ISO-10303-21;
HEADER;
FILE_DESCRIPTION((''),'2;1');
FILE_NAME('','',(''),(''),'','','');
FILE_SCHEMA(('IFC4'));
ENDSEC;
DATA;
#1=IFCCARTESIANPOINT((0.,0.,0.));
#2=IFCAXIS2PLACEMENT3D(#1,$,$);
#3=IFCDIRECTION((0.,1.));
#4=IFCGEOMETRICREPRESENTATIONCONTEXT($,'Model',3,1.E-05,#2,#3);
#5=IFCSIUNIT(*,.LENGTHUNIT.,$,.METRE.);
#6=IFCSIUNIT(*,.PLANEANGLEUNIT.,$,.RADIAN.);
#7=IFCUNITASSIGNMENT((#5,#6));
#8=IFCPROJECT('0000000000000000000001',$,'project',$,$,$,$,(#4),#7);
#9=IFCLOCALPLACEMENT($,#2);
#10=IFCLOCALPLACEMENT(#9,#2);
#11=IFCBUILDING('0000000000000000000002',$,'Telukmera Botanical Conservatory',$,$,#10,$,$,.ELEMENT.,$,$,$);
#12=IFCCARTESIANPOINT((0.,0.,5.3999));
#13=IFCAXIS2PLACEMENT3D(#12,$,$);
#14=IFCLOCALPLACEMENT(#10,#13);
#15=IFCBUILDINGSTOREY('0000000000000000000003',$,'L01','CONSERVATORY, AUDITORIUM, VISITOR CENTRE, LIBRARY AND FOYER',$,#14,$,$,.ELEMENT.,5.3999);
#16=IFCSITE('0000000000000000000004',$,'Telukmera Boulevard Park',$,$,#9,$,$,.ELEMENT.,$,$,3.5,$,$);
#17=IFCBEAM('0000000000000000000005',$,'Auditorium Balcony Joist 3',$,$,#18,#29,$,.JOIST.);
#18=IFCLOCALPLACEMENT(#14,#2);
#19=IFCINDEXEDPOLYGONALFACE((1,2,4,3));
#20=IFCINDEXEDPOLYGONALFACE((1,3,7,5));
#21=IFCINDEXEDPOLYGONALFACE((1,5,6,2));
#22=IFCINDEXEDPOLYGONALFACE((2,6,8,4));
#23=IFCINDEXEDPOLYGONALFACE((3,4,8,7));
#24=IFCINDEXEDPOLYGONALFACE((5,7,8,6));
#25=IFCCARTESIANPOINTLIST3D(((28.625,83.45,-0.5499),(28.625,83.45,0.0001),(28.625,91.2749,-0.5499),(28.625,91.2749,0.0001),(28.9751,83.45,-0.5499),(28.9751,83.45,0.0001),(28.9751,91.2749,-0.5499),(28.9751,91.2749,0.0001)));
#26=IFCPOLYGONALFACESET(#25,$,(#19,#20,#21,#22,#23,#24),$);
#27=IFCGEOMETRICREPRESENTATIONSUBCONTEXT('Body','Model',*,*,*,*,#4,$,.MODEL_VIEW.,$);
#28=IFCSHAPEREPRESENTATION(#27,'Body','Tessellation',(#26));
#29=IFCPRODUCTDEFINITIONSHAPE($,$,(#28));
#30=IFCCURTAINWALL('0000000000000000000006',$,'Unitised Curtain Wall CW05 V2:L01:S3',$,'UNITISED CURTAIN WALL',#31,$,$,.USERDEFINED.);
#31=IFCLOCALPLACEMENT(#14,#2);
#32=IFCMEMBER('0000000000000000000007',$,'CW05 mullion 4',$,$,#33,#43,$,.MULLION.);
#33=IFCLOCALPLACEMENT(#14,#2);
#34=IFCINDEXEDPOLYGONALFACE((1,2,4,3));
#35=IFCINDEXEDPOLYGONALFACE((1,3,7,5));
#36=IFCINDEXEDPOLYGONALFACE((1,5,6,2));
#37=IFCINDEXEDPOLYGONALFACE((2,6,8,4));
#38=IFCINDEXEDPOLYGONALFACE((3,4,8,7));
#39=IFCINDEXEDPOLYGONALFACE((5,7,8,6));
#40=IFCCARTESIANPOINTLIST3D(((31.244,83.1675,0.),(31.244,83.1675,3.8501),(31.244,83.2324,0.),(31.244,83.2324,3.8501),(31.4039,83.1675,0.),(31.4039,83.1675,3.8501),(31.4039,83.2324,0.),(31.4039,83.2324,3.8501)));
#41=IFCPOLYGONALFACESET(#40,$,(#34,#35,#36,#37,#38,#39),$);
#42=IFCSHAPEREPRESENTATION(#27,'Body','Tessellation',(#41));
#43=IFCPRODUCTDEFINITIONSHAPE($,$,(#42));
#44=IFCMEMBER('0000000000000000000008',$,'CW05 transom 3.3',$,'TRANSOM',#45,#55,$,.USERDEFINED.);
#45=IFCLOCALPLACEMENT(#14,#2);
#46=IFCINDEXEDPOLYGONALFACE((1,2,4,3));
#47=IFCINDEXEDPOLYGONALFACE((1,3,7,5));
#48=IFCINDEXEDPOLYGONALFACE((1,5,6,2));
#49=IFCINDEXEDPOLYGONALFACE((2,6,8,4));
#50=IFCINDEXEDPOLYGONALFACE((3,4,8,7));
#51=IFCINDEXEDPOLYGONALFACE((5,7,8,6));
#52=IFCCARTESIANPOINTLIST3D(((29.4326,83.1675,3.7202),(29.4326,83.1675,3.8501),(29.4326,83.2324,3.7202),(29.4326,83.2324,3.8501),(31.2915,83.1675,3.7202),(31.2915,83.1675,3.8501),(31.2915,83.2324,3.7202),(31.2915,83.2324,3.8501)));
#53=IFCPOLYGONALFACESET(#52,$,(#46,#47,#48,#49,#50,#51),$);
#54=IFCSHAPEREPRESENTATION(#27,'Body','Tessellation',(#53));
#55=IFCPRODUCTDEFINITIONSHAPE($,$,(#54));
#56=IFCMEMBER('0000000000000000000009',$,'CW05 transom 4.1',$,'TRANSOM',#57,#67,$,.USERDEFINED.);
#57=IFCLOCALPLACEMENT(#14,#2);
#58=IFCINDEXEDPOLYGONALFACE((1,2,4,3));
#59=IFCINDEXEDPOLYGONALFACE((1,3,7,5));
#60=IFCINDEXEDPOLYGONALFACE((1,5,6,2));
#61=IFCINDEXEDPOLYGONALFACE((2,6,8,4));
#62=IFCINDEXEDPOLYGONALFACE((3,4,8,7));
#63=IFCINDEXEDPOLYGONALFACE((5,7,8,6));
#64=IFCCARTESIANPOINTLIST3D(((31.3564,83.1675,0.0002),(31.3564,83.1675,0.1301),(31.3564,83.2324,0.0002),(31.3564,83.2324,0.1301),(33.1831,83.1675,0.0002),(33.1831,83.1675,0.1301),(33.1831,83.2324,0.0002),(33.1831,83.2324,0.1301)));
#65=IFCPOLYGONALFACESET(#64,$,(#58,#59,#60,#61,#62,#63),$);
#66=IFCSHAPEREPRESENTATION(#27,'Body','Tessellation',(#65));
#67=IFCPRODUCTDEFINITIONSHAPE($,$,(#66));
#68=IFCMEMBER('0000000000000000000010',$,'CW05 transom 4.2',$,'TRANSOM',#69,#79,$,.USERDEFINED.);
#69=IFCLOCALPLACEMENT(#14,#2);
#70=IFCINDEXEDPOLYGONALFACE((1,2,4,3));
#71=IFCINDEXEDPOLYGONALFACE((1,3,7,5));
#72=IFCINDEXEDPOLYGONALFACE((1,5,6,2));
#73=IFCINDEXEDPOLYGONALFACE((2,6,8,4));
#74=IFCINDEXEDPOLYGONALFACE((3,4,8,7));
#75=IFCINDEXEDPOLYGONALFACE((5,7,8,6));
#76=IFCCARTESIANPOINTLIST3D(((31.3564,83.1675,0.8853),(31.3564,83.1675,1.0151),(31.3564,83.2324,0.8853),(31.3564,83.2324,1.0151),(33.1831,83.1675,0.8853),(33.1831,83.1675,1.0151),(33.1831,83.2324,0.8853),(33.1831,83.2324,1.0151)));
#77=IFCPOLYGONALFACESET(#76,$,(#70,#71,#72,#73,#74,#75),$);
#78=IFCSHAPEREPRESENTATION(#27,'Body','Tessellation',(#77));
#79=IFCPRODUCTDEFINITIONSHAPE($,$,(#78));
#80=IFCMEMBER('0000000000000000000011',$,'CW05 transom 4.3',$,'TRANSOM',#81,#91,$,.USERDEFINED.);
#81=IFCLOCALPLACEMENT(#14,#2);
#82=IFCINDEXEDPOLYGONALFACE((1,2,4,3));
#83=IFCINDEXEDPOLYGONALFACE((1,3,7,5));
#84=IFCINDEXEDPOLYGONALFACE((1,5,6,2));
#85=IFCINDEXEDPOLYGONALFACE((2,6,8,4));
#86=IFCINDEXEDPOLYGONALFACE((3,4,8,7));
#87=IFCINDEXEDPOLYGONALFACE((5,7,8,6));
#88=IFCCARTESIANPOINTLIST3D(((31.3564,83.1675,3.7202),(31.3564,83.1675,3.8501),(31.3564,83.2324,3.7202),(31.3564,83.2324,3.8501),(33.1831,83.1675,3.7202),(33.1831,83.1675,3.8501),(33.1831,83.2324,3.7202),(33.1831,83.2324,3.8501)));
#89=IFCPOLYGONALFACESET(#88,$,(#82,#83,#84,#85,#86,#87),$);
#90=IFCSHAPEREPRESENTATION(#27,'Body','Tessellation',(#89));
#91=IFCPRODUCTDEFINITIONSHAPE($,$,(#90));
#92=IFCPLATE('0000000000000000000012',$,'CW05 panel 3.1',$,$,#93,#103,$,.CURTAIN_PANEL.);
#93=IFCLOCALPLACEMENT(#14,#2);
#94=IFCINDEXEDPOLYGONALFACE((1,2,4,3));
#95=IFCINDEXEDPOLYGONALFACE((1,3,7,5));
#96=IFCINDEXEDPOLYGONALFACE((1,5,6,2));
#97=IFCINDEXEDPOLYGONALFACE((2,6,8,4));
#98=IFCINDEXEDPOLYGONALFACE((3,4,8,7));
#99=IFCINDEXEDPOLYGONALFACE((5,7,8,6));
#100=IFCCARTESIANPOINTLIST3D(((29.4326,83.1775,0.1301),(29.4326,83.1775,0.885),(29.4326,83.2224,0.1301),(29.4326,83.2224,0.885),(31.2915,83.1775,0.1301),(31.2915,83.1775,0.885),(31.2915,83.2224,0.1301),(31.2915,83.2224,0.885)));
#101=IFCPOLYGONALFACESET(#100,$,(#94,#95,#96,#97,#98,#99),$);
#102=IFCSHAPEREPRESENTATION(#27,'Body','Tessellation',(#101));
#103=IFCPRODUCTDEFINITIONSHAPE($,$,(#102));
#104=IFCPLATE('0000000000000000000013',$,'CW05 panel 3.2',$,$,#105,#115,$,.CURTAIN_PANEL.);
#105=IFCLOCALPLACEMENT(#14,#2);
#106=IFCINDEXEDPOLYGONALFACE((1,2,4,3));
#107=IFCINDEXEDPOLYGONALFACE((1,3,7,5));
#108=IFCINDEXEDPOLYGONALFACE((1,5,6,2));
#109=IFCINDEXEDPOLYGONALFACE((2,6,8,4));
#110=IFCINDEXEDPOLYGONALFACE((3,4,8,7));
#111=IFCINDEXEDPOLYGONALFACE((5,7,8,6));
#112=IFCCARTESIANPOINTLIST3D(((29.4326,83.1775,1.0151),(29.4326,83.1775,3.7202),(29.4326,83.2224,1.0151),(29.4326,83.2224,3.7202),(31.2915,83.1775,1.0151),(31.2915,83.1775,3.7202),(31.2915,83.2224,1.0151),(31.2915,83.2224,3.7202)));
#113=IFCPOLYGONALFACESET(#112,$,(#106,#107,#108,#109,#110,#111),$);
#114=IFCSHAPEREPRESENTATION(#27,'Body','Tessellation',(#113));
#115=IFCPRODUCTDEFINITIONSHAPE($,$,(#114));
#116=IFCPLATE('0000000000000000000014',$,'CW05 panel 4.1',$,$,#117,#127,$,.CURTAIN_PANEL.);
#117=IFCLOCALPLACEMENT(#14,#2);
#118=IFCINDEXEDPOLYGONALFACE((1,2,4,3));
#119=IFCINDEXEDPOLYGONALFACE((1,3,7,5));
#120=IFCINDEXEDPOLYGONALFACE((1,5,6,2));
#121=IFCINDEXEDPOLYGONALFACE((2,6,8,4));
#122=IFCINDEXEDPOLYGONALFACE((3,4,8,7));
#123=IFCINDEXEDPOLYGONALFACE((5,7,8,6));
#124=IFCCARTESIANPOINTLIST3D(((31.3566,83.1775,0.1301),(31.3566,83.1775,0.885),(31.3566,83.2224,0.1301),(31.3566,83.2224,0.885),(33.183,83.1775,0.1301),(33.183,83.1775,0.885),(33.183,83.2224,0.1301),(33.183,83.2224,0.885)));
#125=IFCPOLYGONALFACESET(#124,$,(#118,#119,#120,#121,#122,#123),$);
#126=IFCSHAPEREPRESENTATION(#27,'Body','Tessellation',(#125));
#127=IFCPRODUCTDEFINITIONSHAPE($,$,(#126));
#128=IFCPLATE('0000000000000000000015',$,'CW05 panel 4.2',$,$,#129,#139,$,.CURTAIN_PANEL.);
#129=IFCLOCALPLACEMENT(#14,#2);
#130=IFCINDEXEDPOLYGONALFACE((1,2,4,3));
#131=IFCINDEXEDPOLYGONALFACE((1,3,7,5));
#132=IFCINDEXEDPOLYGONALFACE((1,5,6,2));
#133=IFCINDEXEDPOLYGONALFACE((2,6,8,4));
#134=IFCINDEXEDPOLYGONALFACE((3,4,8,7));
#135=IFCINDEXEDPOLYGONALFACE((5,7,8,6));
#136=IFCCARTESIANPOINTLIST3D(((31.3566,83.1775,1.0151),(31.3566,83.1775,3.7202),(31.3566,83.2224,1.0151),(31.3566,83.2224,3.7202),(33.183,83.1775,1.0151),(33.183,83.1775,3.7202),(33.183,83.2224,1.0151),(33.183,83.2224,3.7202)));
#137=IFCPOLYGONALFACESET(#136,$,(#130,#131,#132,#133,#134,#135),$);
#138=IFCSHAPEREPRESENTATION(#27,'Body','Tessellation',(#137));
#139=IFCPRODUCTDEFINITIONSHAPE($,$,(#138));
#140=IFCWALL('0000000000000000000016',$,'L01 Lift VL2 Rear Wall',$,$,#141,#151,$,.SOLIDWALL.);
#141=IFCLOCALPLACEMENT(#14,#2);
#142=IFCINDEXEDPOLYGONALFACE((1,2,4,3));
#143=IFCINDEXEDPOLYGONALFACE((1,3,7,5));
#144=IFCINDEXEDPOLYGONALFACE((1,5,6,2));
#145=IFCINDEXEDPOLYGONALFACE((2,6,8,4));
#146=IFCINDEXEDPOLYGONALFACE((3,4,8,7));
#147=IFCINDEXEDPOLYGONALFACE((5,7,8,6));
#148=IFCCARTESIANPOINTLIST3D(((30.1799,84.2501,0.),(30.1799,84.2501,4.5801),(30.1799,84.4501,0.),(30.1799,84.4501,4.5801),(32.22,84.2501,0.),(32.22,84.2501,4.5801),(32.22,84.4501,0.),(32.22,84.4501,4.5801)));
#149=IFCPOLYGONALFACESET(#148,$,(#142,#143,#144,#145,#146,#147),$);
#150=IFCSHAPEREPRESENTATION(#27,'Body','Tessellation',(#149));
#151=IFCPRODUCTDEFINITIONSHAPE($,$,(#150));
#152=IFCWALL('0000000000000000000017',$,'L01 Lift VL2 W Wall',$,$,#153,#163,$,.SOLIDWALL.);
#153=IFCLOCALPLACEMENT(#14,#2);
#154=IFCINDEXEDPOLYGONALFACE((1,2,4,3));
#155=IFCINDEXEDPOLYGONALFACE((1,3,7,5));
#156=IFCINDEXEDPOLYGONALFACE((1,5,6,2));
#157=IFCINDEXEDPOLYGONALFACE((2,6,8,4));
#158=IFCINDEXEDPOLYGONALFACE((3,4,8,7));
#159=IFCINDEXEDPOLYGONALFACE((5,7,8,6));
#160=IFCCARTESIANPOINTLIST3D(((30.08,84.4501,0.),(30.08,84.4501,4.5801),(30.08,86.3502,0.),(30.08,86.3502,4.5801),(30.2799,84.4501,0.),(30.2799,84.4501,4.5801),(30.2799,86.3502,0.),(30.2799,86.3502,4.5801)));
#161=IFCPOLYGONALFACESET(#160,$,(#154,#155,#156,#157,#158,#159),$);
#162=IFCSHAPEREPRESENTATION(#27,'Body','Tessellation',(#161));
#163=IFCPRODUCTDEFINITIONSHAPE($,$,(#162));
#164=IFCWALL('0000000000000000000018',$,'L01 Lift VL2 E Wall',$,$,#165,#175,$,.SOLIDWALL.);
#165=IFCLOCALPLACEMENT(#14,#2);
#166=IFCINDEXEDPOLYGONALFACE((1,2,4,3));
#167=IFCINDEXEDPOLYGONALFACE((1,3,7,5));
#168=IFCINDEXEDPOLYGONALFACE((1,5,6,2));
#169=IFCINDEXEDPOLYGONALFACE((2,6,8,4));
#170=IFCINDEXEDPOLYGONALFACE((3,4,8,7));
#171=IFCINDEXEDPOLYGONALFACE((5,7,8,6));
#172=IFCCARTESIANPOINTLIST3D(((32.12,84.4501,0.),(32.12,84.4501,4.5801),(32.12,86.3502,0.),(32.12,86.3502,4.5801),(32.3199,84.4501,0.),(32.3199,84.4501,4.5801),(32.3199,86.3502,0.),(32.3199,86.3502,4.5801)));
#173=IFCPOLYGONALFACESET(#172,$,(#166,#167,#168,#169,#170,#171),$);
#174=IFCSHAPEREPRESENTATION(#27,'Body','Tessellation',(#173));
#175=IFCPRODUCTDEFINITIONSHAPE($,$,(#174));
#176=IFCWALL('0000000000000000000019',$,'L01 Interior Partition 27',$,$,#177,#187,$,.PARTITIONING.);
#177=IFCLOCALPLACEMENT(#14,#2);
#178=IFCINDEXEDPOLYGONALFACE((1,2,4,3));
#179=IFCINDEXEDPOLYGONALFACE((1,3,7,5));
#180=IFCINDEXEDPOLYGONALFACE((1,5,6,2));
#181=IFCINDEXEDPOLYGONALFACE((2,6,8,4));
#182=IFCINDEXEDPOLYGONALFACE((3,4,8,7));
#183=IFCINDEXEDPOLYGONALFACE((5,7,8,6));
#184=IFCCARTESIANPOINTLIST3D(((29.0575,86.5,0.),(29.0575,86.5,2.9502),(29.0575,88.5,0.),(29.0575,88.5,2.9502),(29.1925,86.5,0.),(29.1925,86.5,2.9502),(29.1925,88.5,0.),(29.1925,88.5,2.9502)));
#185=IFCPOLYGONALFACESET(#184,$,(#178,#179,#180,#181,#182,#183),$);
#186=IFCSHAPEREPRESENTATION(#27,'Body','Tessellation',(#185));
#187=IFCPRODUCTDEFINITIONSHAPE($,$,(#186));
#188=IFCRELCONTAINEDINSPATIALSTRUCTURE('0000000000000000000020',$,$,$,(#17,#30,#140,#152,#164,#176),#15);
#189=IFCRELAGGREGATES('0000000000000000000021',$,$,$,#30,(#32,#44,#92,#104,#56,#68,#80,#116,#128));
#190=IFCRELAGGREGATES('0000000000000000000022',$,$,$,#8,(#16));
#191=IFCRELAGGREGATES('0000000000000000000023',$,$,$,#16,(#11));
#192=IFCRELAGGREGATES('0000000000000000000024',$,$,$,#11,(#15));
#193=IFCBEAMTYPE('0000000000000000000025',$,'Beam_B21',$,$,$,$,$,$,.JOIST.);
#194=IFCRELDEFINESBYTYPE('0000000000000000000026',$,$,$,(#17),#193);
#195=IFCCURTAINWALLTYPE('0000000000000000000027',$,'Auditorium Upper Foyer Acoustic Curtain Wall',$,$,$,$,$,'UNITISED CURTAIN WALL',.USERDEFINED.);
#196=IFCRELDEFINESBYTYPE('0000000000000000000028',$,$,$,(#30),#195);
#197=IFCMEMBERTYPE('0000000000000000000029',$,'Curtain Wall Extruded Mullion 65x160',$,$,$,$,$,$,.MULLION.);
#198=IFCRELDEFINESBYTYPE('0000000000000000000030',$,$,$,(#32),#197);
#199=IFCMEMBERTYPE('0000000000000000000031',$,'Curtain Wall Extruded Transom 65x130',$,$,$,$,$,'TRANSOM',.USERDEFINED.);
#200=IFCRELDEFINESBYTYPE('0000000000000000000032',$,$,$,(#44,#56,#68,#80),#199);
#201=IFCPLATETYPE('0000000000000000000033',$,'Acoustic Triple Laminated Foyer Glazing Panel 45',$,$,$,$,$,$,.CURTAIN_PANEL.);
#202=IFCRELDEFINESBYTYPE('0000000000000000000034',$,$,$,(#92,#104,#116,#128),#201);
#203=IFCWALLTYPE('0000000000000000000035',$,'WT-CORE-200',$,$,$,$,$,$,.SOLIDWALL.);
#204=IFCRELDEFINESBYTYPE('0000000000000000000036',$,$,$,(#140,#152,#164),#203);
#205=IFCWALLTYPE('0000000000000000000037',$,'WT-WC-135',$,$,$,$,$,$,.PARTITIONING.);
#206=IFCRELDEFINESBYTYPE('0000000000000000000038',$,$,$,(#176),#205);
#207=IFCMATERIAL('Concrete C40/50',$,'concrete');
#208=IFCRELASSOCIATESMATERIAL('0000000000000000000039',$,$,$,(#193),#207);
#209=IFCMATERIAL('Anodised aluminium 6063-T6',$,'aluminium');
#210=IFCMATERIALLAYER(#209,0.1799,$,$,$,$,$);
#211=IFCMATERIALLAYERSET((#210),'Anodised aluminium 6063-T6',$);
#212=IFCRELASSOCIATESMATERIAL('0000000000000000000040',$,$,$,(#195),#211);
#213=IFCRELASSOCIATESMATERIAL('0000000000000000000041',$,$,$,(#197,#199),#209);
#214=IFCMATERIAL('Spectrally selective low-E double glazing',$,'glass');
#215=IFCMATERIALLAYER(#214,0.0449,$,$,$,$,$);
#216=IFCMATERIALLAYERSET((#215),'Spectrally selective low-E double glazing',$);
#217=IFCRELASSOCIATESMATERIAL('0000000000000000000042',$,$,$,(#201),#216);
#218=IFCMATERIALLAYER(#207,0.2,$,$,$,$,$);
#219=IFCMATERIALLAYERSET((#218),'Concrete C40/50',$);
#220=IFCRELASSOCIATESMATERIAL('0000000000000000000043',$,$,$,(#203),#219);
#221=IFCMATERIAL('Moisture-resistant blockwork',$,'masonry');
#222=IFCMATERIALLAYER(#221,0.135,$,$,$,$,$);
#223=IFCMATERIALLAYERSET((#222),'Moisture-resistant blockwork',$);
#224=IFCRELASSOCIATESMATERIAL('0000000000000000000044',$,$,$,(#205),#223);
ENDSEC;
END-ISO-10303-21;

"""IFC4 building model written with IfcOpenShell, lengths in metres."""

from ifc_helpers import new_model, si_unit, direction, frame, frame_2d, origin, origin_2d, place, context, subcontext, project, spatial, rectangle, extrude, material, layer, layer_set, material_profile, profile_set, type_object, element, aggregate, save


model = new_model("IFC4")

# Units and contexts
model_context = context("Model", 3, precision=1e-05, world=origin(), true_north=direction((0.0, 1.0)))
body_context = subcontext(model_context, "Body", "Model", "MODEL_VIEW")
ifc_project = project(units=[si_unit("LENGTHUNIT", "METRE"), si_unit("PLANEANGLEUNIT", "RADIAN")], contexts=[model_context])

# Site, building, storey
site_placement = place(None, origin())
site = spatial("IfcSite", under=ifc_project, at=site_placement, Name="Telukmera Boulevard Park", CompositionType="ELEMENT", RefElevation=3.5)
building_placement = place(site_placement, origin())
building = spatial("IfcBuilding", under=site, at=building_placement, Name="Telukmera Botanical Conservatory", CompositionType="ELEMENT")
storey_placement = place(building_placement, frame((0.0, 0.0, 5.3999)))
storey = spatial("IfcBuildingStorey", under=building, at=storey_placement, Name="L01", Description="CONSERVATORY, AUDITORIUM, VISITOR CENTRE, LIBRARY AND FOYER", CompositionType="ELEMENT", Elevation=5.3999)

# Beam
ifc_material_1 = material(Name="Concrete C40/50", Category="concrete")
ifc_material_profile_1 = material_profile(ifc_material_1, rectangle(XDim=0.3501, YDim=0.55, at=origin_2d()), Name="RC 350x550")
ifc_profile_set_1 = profile_set([ifc_material_profile_1], Name="Concrete C40/50")
beam_type = type_object("IfcBeamType", Name="Beam_B21", PredefinedType="JOIST", material=ifc_profile_set_1)
beam_placement = place(storey_placement, frame((28.8, 83.45, -0.2749), z_axis=(0.0, 1.0, 0.0), x_axis=(-1.0, 0.0, 0.0)))
element("IfcBeam", 1, at=beam_placement, inside=storey, type_object=beam_type, Name="Auditorium Balcony Joist 3", PredefinedType="JOIST", context=body_context, shape_type="SweptSolid", body=[
    extrude(rectangle(XDim=0.3501, YDim=0.55, at=origin_2d()), origin(), (0.0, 0.0, 1.0), 7.825),
])

# Curtain wall, members, plates
ifc_material_2 = material(Name="Anodised aluminium 6063-T6", Category="aluminium")
ifc_layer_1 = layer(ifc_material_2, 0.1799)
ifc_layer_set_1 = layer_set([ifc_layer_1], Name="Anodised aluminium 6063-T6")
curtain_wall_type = type_object("IfcCurtainWallType", Name="Auditorium Upper Foyer Acoustic Curtain Wall", ElementType="UNITISED CURTAIN WALL", PredefinedType="USERDEFINED", material=ifc_layer_set_1)
curtain_wall_placement = place(storey_placement, origin())
curtain_wall = element("IfcCurtainWall", 2, at=curtain_wall_placement, inside=storey, type_object=curtain_wall_type, Name="Unitised Curtain Wall CW05 V2:L01:S3", ObjectType="UNITISED CURTAIN WALL", PredefinedType="USERDEFINED")
ifc_material_profile_2 = material_profile(ifc_material_2, rectangle(XDim=0.0649, YDim=0.1599, at=origin_2d()), Name="ALU MULL 65x160")
ifc_profile_set_2 = profile_set([ifc_material_profile_2], Name="Anodised aluminium 6063-T6")
member_type_1 = type_object("IfcMemberType", Name="Curtain Wall Extruded Mullion 65x160", PredefinedType="MULLION", material=ifc_profile_set_2)
member_1_placement = place(storey_placement, frame((31.324, 83.2, 0.0), z_axis=(0.0, 0.0, 1.0), x_axis=(0.0, 1.0, 0.0)))
member_1 = element("IfcMember", 3, at=member_1_placement, type_object=member_type_1, Name="CW05 mullion 4", PredefinedType="MULLION", context=body_context, shape_type="SweptSolid", body=[
    extrude(rectangle(XDim=0.0649, YDim=0.1599, at=origin_2d()), origin(), (0.0, 0.0, 1.0), 3.8501),
])
ifc_material_profile_3 = material_profile(ifc_material_2, rectangle(XDim=0.0649, YDim=0.1299, at=origin_2d()), Name="ALU TRAN 65x130")
ifc_profile_set_3 = profile_set([ifc_material_profile_3], Name="Anodised aluminium 6063-T6")
member_type_2 = type_object("IfcMemberType", Name="Curtain Wall Extruded Transom 65x130", ElementType="TRANSOM", PredefinedType="USERDEFINED", material=ifc_profile_set_3)
member_2_placement = place(storey_placement, frame((29.4326, 83.2, 3.7852), z_axis=(1.0, 0.0, 0.0), x_axis=(0.0, 1.0, 0.0)))
member_2 = element("IfcMember", 4, at=member_2_placement, type_object=member_type_2, Name="CW05 transom 3.3", ObjectType="TRANSOM", PredefinedType="USERDEFINED", context=body_context, shape_type="SweptSolid", body=[
    extrude(rectangle(XDim=0.0649, YDim=0.1299, at=origin_2d()), origin(), (0.0, 0.0, 1.0), 1.8589),
])
member_3_placement = place(storey_placement, frame((31.3564, 83.2, 0.0652), z_axis=(1.0, 0.0, 0.0), x_axis=(0.0, 1.0, 0.0)))
member_3 = element("IfcMember", 5, at=member_3_placement, type_object=member_type_2, Name="CW05 transom 4.1", ObjectType="TRANSOM", PredefinedType="USERDEFINED", context=body_context, shape_type="SweptSolid", body=[
    extrude(rectangle(XDim=0.0649, YDim=0.1299, at=origin_2d()), origin(), (0.0, 0.0, 1.0), 1.8267),
])
member_4_placement = place(storey_placement, frame((31.3564, 83.2, 0.9502), z_axis=(1.0, 0.0, 0.0), x_axis=(0.0, 1.0, 0.0)))
member_4 = element("IfcMember", 6, at=member_4_placement, type_object=member_type_2, Name="CW05 transom 4.2", ObjectType="TRANSOM", PredefinedType="USERDEFINED", context=body_context, shape_type="SweptSolid", body=[
    extrude(rectangle(XDim=0.0649, YDim=0.1299, at=origin_2d()), origin(), (0.0, 0.0, 1.0), 1.8267),
])
member_5_placement = place(storey_placement, frame((31.3564, 83.2, 3.7852), z_axis=(1.0, 0.0, 0.0), x_axis=(0.0, 1.0, 0.0)))
member_5 = element("IfcMember", 7, at=member_5_placement, type_object=member_type_2, Name="CW05 transom 4.3", ObjectType="TRANSOM", PredefinedType="USERDEFINED", context=body_context, shape_type="SweptSolid", body=[
    extrude(rectangle(XDim=0.0649, YDim=0.1299, at=origin_2d()), origin(), (0.0, 0.0, 1.0), 1.8267),
])
ifc_material_3 = material(Name="Spectrally selective low-E double glazing", Category="glass")
ifc_layer_2 = layer(ifc_material_3, 0.0449)
ifc_layer_set_2 = layer_set([ifc_layer_2], Name="Spectrally selective low-E double glazing")
plate_type = type_object("IfcPlateType", Name="Acoustic Triple Laminated Foyer Glazing Panel 45", PredefinedType="CURTAIN_PANEL", material=ifc_layer_set_2)
plate_1_placement = place(storey_placement, frame((30.3621, 83.2, 0.1301), z_axis=(0.0, 0.0, 1.0), x_axis=(1.0, 0.0, 0.0)))
plate_1 = element("IfcPlate", 8, at=plate_1_placement, type_object=plate_type, Name="CW05 panel 3.1", PredefinedType="CURTAIN_PANEL", context=body_context, shape_type="SweptSolid", body=[
    extrude(rectangle(XDim=1.8589, YDim=0.0449, at=origin_2d()), origin(), (0.0, 0.0, 1.0), 0.7549),
])
plate_2_placement = place(storey_placement, frame((30.3621, 83.2, 1.0151), z_axis=(0.0, 0.0, 1.0), x_axis=(1.0, 0.0, 0.0)))
plate_2 = element("IfcPlate", 9, at=plate_2_placement, type_object=plate_type, Name="CW05 panel 3.2", PredefinedType="CURTAIN_PANEL", context=body_context, shape_type="SweptSolid", body=[
    extrude(rectangle(XDim=1.8589, YDim=0.0449, at=origin_2d()), origin(), (0.0, 0.0, 1.0), 2.7051),
])
plate_3_placement = place(storey_placement, frame((32.2698, 83.2, 0.1301), z_axis=(0.0, 0.0, 1.0), x_axis=(1.0, 0.0, 0.0)))
plate_3 = element("IfcPlate", 10, at=plate_3_placement, type_object=plate_type, Name="CW05 panel 4.1", PredefinedType="CURTAIN_PANEL", context=body_context, shape_type="SweptSolid", body=[
    extrude(rectangle(XDim=1.8264, YDim=0.0449, at=origin_2d()), origin(), (0.0, 0.0, 1.0), 0.7549),
])
plate_4_placement = place(storey_placement, frame((32.2698, 83.2, 1.0151), z_axis=(0.0, 0.0, 1.0), x_axis=(1.0, 0.0, 0.0)))
plate_4 = element("IfcPlate", 11, at=plate_4_placement, type_object=plate_type, Name="CW05 panel 4.2", PredefinedType="CURTAIN_PANEL", context=body_context, shape_type="SweptSolid", body=[
    extrude(rectangle(XDim=1.8264, YDim=0.0449, at=origin_2d()), origin(), (0.0, 0.0, 1.0), 2.7051),
])
aggregate(curtain_wall, [member_1, member_2, plate_1, plate_2, member_3, member_4, member_5, plate_3, plate_4])

# Shared definitions
ifc_layer_3 = layer(ifc_material_1, 0.2)
ifc_layer_set_3 = layer_set([ifc_layer_3], Name="Concrete C40/50")
wall_type_1 = type_object("IfcWallType", Name="WT-CORE-200", PredefinedType="SOLIDWALL", material=ifc_layer_set_3)

# Walls
wall_1_placement = place(storey_placement, frame((30.1799, 84.3501, 0.0), z_axis=(0.0, 0.0, 1.0), x_axis=(1.0, 0.0, 0.0)))
element("IfcWall", 12, at=wall_1_placement, inside=storey, type_object=wall_type_1, Name="L01 Lift VL2 Rear Wall", PredefinedType="SOLIDWALL", context=body_context, shape_type="SweptSolid", body=[
    extrude(rectangle(XDim=2.04, YDim=0.2, at=frame_2d((1.02, 0.0))), origin(), (0.0, 0.0, 1.0), 4.5801),
])
for number, where, z_axis, x_axis, name in (
    (13, (30.1799, 84.45, 0.0), (0.0, 0.0, 1.0), (0.0, 1.0, 0.0), "L01 Lift VL2 W Wall"),
    (14, (32.22, 84.45, 0.0), (0.0, 0.0, 1.0), (0.0, 1.0, 0.0), "L01 Lift VL2 E Wall"),
):
    element("IfcWall", number, at=place(storey_placement, frame(where, z_axis=z_axis, x_axis=x_axis)), inside=storey, type_object=wall_type_1, Name=name, PredefinedType="SOLIDWALL", context=body_context, shape_type="SweptSolid", body=[
        extrude(rectangle(XDim=1.9001, YDim=0.2, at=frame_2d((0.9502, 0.0))), origin(), (0.0, 0.0, 1.0), 4.5801),
    ])
ifc_material_4 = material(Name="Moisture-resistant blockwork", Category="masonry")
ifc_layer_4 = layer(ifc_material_4, 0.135)
ifc_layer_set_4 = layer_set([ifc_layer_4], Name="Moisture-resistant blockwork")
wall_type_2 = type_object("IfcWallType", Name="WT-WC-135", PredefinedType="PARTITIONING", material=ifc_layer_set_4)
wall_2_placement = place(storey_placement, frame((29.125, 86.5, 0.0), z_axis=(0.0, 0.0, 1.0), x_axis=(0.0, 1.0, 0.0)))
element("IfcWall", 15, at=wall_2_placement, inside=storey, type_object=wall_type_2, Name="L01 Interior Partition 27", PredefinedType="PARTITIONING", context=body_context, shape_type="SweptSolid", body=[
    extrude(rectangle(XDim=2.0, YDim=0.135, at=frame_2d((1.0, 0.0))), origin(), (0.0, 0.0, 1.0), 2.9502),
])

save(model, "model.ifc")
